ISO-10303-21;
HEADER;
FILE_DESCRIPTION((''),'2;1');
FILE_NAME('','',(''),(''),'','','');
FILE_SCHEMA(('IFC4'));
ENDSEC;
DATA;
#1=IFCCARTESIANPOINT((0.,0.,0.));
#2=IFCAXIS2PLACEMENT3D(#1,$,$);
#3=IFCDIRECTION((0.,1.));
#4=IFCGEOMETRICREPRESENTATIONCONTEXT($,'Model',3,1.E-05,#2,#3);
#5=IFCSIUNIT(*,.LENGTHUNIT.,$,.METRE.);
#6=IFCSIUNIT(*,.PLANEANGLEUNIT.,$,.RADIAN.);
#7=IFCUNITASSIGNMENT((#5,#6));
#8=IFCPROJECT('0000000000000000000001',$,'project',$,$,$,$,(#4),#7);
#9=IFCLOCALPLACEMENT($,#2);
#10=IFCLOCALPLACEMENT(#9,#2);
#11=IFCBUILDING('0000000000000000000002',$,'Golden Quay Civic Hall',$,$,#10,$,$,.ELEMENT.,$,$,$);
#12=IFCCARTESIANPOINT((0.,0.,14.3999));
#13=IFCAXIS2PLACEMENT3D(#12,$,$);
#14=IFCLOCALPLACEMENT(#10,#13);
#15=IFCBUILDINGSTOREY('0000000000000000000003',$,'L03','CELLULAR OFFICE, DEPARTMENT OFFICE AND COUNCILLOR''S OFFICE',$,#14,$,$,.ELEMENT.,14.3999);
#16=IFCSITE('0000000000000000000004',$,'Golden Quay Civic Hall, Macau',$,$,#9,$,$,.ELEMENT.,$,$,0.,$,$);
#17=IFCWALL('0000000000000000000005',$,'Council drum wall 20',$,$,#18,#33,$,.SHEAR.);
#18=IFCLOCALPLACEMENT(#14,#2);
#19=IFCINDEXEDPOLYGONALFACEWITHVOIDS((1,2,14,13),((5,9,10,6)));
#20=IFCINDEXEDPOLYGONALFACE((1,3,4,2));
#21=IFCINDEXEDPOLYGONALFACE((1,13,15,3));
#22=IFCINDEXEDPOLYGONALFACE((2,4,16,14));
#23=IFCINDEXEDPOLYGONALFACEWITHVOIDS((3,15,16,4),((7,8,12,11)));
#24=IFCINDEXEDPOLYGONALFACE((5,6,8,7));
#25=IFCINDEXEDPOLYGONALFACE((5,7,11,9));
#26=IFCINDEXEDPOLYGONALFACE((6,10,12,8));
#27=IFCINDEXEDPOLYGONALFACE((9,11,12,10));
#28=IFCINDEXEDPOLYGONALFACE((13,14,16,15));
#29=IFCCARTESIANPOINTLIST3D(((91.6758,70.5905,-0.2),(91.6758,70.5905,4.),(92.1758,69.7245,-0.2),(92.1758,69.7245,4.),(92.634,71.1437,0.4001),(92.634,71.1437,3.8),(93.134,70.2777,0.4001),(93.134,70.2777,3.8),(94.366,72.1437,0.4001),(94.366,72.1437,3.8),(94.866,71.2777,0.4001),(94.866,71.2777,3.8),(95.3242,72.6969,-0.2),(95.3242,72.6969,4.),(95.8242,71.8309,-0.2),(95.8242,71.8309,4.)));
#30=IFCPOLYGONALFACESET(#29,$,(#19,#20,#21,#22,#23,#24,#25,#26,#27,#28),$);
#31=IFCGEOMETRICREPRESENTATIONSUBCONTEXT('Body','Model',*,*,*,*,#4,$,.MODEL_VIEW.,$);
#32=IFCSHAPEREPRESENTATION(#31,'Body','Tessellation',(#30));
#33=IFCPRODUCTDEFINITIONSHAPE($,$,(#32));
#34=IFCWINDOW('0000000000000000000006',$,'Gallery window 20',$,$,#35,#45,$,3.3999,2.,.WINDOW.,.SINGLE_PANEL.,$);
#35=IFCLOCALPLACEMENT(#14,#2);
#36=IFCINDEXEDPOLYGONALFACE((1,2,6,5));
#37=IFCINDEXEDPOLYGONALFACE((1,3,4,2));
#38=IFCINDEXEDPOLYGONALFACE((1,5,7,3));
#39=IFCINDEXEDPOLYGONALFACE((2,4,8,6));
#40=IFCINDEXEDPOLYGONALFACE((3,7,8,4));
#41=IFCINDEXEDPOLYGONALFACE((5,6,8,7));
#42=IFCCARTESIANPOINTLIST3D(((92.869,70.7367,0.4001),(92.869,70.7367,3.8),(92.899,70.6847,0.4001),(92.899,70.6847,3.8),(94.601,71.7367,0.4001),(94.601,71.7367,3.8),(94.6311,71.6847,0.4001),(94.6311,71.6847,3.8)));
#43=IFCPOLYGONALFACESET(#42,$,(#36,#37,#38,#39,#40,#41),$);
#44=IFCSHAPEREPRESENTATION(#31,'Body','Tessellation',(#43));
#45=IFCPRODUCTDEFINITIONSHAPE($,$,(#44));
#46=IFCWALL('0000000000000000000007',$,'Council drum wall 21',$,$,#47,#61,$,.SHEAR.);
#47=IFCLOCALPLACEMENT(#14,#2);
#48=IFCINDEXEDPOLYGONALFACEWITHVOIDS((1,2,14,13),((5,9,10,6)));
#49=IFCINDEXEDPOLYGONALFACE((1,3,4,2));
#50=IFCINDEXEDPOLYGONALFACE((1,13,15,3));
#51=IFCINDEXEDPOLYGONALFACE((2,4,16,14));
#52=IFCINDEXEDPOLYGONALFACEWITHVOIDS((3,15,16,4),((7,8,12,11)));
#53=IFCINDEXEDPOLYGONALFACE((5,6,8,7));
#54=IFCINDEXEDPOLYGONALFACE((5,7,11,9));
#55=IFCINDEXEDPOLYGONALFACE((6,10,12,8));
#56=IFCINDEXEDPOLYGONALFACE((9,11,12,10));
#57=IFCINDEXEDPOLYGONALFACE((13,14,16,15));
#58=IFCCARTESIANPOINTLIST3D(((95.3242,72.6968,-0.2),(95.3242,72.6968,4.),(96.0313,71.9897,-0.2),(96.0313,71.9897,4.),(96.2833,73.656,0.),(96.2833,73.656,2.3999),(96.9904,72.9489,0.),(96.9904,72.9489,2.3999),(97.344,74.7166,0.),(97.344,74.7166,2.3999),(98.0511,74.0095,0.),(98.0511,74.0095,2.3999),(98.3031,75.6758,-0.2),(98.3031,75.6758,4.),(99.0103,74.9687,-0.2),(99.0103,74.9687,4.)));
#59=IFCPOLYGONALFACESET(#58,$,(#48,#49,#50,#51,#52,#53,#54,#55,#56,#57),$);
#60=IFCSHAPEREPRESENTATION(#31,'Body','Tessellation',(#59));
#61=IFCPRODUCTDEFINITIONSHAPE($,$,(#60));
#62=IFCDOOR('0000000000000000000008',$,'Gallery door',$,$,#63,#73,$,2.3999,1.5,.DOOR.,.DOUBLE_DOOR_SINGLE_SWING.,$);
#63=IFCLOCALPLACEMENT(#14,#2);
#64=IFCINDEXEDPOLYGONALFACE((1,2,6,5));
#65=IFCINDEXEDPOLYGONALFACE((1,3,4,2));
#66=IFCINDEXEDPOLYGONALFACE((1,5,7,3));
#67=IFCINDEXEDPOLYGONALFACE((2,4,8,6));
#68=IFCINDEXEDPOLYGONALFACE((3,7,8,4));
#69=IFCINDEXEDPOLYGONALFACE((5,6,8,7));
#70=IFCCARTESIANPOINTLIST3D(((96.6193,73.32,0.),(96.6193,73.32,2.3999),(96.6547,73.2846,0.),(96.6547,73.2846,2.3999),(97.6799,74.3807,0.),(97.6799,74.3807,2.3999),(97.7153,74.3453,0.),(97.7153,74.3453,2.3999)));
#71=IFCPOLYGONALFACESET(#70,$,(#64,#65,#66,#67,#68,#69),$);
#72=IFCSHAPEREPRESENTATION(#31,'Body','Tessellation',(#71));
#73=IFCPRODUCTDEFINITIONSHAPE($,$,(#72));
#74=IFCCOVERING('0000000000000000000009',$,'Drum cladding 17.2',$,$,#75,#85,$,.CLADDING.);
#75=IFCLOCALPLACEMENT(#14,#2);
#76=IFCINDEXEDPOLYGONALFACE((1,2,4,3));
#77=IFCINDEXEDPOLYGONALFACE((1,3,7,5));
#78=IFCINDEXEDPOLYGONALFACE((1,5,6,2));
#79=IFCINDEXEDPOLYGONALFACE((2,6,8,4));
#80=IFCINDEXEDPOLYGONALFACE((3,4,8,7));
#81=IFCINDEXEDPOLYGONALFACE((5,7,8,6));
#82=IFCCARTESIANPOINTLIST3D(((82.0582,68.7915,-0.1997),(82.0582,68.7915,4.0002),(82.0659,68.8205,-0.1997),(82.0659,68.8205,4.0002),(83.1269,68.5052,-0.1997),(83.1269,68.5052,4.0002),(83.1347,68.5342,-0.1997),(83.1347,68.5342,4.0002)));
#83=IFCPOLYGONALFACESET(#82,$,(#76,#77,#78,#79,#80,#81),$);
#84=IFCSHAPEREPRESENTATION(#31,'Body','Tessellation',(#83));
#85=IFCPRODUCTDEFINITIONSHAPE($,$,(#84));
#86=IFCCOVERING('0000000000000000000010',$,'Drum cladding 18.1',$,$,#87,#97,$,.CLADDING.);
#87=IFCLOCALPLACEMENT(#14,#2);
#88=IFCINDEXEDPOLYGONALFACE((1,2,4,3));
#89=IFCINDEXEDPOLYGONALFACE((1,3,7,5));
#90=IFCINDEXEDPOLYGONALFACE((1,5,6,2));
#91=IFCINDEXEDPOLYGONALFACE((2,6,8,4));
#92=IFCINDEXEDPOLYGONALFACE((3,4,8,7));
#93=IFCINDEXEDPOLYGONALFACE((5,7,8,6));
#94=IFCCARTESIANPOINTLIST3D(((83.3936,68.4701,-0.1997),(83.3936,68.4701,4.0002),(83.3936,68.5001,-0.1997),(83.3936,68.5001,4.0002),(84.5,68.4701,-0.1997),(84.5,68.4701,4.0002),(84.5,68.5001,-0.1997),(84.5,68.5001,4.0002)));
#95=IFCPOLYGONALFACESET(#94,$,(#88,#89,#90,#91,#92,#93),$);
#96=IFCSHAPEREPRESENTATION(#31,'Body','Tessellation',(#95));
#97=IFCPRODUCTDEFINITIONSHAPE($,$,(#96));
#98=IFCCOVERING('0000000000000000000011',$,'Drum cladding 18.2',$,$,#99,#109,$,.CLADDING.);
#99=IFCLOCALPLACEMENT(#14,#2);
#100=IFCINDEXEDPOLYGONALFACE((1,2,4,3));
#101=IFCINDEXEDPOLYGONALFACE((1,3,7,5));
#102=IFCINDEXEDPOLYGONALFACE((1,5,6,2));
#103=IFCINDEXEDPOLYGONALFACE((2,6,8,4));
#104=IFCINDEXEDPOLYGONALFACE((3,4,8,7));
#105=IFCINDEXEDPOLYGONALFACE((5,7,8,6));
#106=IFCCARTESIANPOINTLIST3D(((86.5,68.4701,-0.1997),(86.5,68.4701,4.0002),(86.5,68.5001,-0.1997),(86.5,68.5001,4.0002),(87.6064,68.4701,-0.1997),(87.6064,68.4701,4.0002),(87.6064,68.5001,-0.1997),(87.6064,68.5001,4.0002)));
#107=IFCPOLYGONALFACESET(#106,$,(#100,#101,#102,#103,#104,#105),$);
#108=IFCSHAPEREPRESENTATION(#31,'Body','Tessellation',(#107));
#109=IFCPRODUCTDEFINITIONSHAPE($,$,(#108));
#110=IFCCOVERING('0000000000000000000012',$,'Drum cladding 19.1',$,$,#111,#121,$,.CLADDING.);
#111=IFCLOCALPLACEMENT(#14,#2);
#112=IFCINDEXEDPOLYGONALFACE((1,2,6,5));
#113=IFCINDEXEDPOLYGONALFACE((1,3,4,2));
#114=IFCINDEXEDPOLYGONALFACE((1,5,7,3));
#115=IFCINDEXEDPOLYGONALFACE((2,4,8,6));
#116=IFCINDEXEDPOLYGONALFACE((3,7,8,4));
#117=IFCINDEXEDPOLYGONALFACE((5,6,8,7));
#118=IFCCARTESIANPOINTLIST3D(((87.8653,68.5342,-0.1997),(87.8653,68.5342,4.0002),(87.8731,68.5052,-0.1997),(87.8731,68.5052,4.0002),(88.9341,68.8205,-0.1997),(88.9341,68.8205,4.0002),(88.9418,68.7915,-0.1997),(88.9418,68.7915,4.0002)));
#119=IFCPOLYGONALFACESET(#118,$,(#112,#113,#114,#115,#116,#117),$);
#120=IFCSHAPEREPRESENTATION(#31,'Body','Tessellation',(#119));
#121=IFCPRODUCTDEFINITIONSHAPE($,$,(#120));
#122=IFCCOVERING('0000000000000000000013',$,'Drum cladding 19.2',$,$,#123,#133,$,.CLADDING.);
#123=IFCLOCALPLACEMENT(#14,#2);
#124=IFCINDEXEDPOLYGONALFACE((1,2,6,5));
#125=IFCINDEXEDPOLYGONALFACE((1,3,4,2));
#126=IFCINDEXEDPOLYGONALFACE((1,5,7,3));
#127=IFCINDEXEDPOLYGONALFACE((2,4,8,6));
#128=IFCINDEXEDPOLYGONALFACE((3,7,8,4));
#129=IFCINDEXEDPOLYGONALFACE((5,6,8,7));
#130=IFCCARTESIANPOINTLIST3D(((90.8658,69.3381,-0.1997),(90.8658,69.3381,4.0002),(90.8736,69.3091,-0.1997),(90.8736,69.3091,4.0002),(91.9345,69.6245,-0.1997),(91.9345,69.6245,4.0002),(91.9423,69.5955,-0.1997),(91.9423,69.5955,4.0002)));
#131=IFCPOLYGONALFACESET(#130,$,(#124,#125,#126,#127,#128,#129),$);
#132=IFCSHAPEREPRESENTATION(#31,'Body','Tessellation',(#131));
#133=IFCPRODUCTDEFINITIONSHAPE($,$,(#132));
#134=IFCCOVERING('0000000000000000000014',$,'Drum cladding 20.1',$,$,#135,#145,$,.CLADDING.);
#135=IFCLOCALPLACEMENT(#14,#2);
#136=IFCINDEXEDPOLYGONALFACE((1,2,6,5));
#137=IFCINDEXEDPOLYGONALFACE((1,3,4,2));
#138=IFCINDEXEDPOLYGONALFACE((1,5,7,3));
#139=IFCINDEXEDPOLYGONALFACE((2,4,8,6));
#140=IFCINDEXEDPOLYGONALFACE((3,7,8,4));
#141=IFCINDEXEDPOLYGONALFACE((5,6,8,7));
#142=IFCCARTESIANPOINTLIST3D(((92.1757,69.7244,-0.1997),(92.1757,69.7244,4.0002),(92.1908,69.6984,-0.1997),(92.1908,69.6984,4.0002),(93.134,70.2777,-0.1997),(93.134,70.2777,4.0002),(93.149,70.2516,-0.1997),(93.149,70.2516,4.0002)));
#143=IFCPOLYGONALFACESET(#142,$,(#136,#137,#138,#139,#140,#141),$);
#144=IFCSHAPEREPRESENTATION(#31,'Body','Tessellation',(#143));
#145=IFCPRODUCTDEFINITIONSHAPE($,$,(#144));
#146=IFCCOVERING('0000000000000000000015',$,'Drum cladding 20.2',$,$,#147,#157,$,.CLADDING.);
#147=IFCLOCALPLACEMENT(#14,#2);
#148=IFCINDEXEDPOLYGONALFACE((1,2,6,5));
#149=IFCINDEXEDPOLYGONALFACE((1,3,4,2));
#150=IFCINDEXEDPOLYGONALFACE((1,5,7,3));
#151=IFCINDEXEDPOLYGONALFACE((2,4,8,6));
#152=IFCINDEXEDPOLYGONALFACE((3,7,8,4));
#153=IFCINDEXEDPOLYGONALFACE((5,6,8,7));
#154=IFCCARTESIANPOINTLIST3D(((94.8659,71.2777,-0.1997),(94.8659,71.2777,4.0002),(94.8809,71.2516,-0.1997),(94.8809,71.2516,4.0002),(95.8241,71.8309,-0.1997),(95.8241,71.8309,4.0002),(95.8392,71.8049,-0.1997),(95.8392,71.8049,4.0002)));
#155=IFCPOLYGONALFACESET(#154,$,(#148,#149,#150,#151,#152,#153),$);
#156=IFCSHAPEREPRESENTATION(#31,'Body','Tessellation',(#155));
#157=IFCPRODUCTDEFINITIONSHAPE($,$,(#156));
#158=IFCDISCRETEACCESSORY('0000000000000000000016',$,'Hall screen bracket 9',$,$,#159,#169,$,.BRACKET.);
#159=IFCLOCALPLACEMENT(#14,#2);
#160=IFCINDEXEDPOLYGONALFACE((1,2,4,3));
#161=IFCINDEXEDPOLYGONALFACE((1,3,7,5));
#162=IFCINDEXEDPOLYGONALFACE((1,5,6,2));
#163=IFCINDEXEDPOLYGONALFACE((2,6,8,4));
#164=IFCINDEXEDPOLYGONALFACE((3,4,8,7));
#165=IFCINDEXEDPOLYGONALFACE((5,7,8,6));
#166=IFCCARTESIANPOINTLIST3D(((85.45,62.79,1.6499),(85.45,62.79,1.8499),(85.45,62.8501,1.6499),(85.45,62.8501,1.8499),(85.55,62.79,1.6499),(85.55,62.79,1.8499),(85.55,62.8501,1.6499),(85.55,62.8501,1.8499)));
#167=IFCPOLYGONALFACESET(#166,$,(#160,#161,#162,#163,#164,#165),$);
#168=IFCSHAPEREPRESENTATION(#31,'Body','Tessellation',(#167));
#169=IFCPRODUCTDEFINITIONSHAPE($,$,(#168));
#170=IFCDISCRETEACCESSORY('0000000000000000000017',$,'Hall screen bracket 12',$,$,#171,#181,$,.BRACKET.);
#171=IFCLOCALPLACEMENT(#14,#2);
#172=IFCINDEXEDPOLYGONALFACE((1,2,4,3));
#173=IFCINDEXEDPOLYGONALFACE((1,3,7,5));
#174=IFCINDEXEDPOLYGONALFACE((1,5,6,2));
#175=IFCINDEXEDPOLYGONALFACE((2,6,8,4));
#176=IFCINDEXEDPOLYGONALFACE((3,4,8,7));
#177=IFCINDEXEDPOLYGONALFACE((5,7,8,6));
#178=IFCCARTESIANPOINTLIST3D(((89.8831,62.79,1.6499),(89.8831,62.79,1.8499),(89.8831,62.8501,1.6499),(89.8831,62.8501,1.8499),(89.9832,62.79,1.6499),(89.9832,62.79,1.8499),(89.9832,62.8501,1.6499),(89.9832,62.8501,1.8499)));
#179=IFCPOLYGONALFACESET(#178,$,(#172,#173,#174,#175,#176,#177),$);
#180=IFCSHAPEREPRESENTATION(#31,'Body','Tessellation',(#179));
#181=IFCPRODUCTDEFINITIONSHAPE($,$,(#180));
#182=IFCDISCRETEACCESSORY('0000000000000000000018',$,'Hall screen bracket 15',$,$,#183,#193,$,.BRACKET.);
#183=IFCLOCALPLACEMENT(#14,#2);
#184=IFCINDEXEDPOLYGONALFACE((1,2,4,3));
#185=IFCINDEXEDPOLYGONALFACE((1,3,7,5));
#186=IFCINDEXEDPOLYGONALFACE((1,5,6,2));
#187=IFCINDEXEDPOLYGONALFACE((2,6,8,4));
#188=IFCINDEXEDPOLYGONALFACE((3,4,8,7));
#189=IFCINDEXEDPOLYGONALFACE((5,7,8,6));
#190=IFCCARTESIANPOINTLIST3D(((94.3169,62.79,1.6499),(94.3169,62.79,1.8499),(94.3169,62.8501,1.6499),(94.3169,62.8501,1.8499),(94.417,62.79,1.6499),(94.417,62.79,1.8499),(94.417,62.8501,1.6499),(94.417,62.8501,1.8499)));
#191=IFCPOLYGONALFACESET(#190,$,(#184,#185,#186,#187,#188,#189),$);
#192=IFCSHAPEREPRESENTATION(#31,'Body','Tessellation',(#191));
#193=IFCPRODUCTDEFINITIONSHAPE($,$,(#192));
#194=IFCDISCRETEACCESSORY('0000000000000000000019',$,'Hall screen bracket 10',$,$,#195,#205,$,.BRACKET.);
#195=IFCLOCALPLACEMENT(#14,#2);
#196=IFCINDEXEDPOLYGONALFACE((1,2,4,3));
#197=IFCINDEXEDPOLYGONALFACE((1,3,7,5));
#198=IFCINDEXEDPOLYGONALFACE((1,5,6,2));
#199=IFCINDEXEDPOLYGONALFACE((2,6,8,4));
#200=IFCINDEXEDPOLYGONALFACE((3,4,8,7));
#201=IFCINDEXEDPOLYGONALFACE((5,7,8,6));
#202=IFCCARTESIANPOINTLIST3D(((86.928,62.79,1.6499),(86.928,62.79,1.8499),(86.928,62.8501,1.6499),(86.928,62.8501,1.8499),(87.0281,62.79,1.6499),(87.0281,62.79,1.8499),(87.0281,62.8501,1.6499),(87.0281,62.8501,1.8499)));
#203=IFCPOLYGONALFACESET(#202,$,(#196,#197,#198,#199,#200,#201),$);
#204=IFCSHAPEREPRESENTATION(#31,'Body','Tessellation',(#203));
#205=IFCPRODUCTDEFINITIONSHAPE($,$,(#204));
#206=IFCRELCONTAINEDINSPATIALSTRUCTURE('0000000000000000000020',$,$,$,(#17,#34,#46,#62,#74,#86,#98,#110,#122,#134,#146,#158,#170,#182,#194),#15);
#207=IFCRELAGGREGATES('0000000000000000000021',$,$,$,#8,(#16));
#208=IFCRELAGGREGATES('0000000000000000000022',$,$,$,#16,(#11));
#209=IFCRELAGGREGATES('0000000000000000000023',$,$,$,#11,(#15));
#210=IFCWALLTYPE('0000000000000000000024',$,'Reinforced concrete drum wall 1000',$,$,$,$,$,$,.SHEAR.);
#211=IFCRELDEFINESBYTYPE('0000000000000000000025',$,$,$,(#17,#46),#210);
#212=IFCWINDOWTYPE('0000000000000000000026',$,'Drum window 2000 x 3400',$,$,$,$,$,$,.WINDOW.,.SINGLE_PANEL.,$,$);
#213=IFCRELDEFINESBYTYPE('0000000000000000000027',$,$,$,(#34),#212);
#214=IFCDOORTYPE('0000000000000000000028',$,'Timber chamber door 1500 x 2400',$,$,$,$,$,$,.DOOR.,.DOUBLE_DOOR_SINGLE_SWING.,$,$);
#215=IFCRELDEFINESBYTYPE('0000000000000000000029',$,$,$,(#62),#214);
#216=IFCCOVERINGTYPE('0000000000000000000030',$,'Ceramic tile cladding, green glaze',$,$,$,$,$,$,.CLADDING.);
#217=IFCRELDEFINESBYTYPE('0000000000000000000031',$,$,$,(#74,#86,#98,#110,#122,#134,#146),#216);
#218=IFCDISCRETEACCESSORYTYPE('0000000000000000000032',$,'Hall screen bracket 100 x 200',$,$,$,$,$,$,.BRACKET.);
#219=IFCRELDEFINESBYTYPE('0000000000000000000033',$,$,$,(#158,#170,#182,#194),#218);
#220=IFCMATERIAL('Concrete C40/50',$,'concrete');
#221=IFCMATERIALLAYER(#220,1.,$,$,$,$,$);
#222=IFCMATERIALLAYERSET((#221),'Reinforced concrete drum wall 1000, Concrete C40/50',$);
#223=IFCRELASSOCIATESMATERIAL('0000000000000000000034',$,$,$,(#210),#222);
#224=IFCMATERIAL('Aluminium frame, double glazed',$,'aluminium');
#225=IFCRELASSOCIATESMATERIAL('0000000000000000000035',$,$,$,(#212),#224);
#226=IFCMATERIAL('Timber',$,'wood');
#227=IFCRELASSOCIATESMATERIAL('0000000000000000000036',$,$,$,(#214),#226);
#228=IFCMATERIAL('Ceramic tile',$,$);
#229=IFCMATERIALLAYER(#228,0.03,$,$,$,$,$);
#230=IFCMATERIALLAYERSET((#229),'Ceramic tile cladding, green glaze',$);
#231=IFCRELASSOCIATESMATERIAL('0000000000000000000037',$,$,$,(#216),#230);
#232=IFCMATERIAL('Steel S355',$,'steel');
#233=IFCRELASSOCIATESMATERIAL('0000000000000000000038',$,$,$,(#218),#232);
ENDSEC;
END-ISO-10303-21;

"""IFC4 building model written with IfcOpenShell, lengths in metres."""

from ifc_helpers import new_model, si_unit, direction, frame, frame_2d, origin, origin_2d, place, context, subcontext, project, spatial, rectangle, extrude, material, layer, layer_set, type_object, element, fill, save


model = new_model("IFC4")

# Units and contexts
model_context = context("Model", 3, precision=1e-05, world=origin(), true_north=direction((0.0, 1.0)))
body_context = subcontext(model_context, "Body", "Model", "MODEL_VIEW")
ifc_project = project(units=[si_unit("LENGTHUNIT", "METRE"), si_unit("PLANEANGLEUNIT", "RADIAN")], contexts=[model_context])

# Site, building, storey
site_placement = place(None, origin())
site = spatial("IfcSite", under=ifc_project, at=site_placement, Name="Golden Quay Civic Hall, Macau", CompositionType="ELEMENT", RefElevation=0.0)
building_placement = place(site_placement, origin())
building = spatial("IfcBuilding", under=site, at=building_placement, Name="Golden Quay Civic Hall", CompositionType="ELEMENT")
storey_placement = place(building_placement, frame((0.0, 0.0, 14.3999)))
storey = spatial("IfcBuildingStorey", under=building, at=storey_placement, Name="L03", Description="CELLULAR OFFICE, DEPARTMENT OFFICE AND COUNCILLOR'S OFFICE", CompositionType="ELEMENT", Elevation=14.3999)

# Wall, opening, window
ifc_material_1 = material(Name="Concrete C40/50", Category="concrete")
ifc_layer_1 = layer(ifc_material_1, 1.0)
ifc_layer_set_1 = layer_set([ifc_layer_1], Name="Reinforced concrete drum wall 1000, Concrete C40/50")
wall_type = type_object("IfcWallType", Name="Reinforced concrete drum wall 1000", PredefinedType="SHEAR", material=ifc_layer_set_1)
ifc_material_2 = material(Name="Aluminium frame, double glazed", Category="aluminium")
window_type = type_object("IfcWindowType", Name="Drum window 2000 x 3400", PartitioningType="SINGLE_PANEL", PredefinedType="WINDOW", material=ifc_material_2)
wall_1_placement = place(storey_placement, frame((91.9258, 70.1575, -0.2), z_axis=(0.0, 0.0, 1.0), x_axis=(0.866023, 0.500003, 0.0)))
wall_1 = element("IfcWall", 1, at=wall_1_placement, inside=storey, type_object=wall_type, Name="Council drum wall 20", PredefinedType="SHEAR", context=body_context, shape_type="SweptSolid", body=[
    extrude(rectangle(XDim=4.2129, YDim=1.0, at=frame_2d((2.1064, 0.0))), origin(), (0.0, 0.0, 1.0), 4.2),
])
opening_1_placement = place(wall_1_placement, frame((1.1064, 0.0, 0.6001)))
opening_1 = element("IfcOpeningElement", 2, at=opening_1_placement, cuts=wall_1, PredefinedType="OPENING", context=body_context, shape_type="SweptSolid", body=[
    extrude(rectangle(XDim=2.0, YDim=3.3999, at=frame_2d((1.0, 1.7))), frame((0.0, 0.51, 0.0), z_axis=(0.0, -1.0, 0.0), x_axis=(1.0, 0.0, 0.0)), (0.0, 0.0, 1.0), 1.02),
])
window_1_placement = place(opening_1_placement, origin())
window_1 = element("IfcWindow", 3, at=window_1_placement, inside=storey, type_object=window_type, Name="Gallery window 20", OverallHeight=3.3999, OverallWidth=2.0, PartitioningType="SINGLE_PANEL", PredefinedType="WINDOW", context=body_context, shape_type="SweptSolid", body=[
    extrude(rectangle(XDim=2.0, YDim=3.3999, at=frame_2d((1.0, 1.7))), frame((0.0, 0.03, 0.0), z_axis=(0.0, -1.0, 0.0), x_axis=(1.0, 0.0, 0.0)), (0.0, 0.0, 1.0), 0.0601),
])
fill(opening_1, window_1)

# Wall, opening, door
wall_2_placement = place(storey_placement, frame((95.6777, 72.3433, -0.2), z_axis=(0.0, 0.0, 1.0), x_axis=(0.707107, 0.707107, 0.0)))
wall_2 = element("IfcWall", 4, at=wall_2_placement, inside=storey, type_object=wall_type, Name="Council drum wall 21", PredefinedType="SHEAR", context=body_context, shape_type="SweptSolid", body=[
    extrude(rectangle(XDim=4.2129, YDim=1.0, at=frame_2d((2.1064, 0.0))), origin(), (0.0, 0.0, 1.0), 4.2),
])
opening_2_placement = place(wall_2_placement, frame((1.3564, 0.0, 0.2)))
opening_2 = element("IfcOpeningElement", 5, at=opening_2_placement, cuts=wall_2, PredefinedType="OPENING", context=body_context, shape_type="SweptSolid", body=[
    extrude(rectangle(XDim=1.5, YDim=2.3999, at=frame_2d((0.75, 1.2))), frame((0.0, 0.51, 0.0), z_axis=(0.0, -1.0, 0.0), x_axis=(1.0, 0.0, 0.0)), (0.0, 0.0, 1.0), 1.02),
])
ifc_material_3 = material(Name="Timber", Category="wood")
door_type = type_object("IfcDoorType", Name="Timber chamber door 1500 x 2400", OperationType="DOUBLE_DOOR_SINGLE_SWING", PredefinedType="DOOR", material=ifc_material_3)
door_placement = place(opening_2_placement, frame((1.5, 0.0, 0.0), z_axis=(0.0, 0.0, 1.0), x_axis=(-1.0, 0.0, 0.0)))
door = element("IfcDoor", 6, at=door_placement, inside=storey, type_object=door_type, Name="Gallery door", OperationType="DOUBLE_DOOR_SINGLE_SWING", OverallHeight=2.3999, OverallWidth=1.5, PredefinedType="DOOR", context=body_context, shape_type="SweptSolid", body=[
    extrude(rectangle(XDim=1.5, YDim=2.3999, at=frame_2d((0.75, 1.2))), frame((0.0, 0.0251, 0.0), z_axis=(0.0, -1.0, 0.0), x_axis=(1.0, 0.0, 0.0)), (0.0, 0.0, 1.0), 0.05),
])
fill(opening_2, door)

# Coverings
ifc_material_4 = material(Name="Ceramic tile")
ifc_layer_2 = layer(ifc_material_4, 0.03)
ifc_layer_set_2 = layer_set([ifc_layer_2], Name="Ceramic tile cladding, green glaze")
covering_type = type_object("IfcCoveringType", Name="Ceramic tile cladding, green glaze", PredefinedType="CLADDING", material=ifc_layer_set_2)
for number, where, z_axis, x_axis, name in (
    (7, (82.5964, 68.6628, -0.1997), (0.0, 0.0, 1.0), (0.965926, -0.258819, 0.0), "Drum cladding 17.2"),
    (8, (83.9468, 68.4851, -0.1997), (0.0, 0.0, 1.0), (1.0, 0.0, 0.0), "Drum cladding 18.1"),
    (9, (87.0532, 68.4851, -0.1997), (0.0, 0.0, 1.0), (1.0, 0.0, 0.0), "Drum cladding 18.2"),
    (10, (88.4036, 68.6628, -0.1997), (0.0, 0.0, 1.0), (0.965926, 0.258819, 0.0), "Drum cladding 19.1"),
    (11, (91.4041, 69.4668, -0.1997), (0.0, 0.0, 1.0), (0.965926, 0.258819, 0.0), "Drum cladding 19.2"),
    (12, (92.6624, 69.988, -0.1997), (0.0, 0.0, 1.0), (0.866025, 0.5, 0.0), "Drum cladding 20.1"),
    (13, (95.3525, 71.5413, -0.1997), (0.0, 0.0, 1.0), (0.866025, 0.5, 0.0), "Drum cladding 20.2"),
):
    element("IfcCovering", number, at=place(storey_placement, frame(where, z_axis=z_axis, x_axis=x_axis)), inside=storey, type_object=covering_type, Name=name, PredefinedType="CLADDING", context=body_context, shape_type="SweptSolid", body=[
        extrude(rectangle(XDim=1.1064, YDim=0.03, at=origin_2d()), origin(), (0.0, 0.0, 1.0), 4.2),
    ])

# Discrete accessories
ifc_material_5 = material(Name="Steel S355", Category="steel")
discrete_accessory_type = type_object("IfcDiscreteAccessoryType", Name="Hall screen bracket 100 x 200", PredefinedType="BRACKET", material=ifc_material_5)
for number, where, z_axis, x_axis, name in (
    (14, (85.5, 62.8201, 1.6499), (0.0, 0.0, 1.0), (1.0, 0.0, 0.0), "Hall screen bracket 9"),
    (15, (89.9331, 62.8201, 1.6499), (0.0, 0.0, 1.0), (1.0, 0.0, 0.0), "Hall screen bracket 12"),
    (16, (94.3669, 62.8201, 1.6499), (0.0, 0.0, 1.0), (1.0, 0.0, 0.0), "Hall screen bracket 15"),
    (17, (86.978, 62.8201, 1.6499), (0.0, 0.0, 1.0), (1.0, 0.0, 0.0), "Hall screen bracket 10"),
):
    element("IfcDiscreteAccessory", number, at=place(storey_placement, frame(where, z_axis=z_axis, x_axis=x_axis)), inside=storey, type_object=discrete_accessory_type, Name=name, PredefinedType="BRACKET", context=body_context, shape_type="SweptSolid", body=[
        extrude(rectangle(XDim=0.1001, YDim=0.0601, at=origin_2d()), origin(), (0.0, 0.0, 1.0), 0.2),
    ])

save(model, "model.ifc")
